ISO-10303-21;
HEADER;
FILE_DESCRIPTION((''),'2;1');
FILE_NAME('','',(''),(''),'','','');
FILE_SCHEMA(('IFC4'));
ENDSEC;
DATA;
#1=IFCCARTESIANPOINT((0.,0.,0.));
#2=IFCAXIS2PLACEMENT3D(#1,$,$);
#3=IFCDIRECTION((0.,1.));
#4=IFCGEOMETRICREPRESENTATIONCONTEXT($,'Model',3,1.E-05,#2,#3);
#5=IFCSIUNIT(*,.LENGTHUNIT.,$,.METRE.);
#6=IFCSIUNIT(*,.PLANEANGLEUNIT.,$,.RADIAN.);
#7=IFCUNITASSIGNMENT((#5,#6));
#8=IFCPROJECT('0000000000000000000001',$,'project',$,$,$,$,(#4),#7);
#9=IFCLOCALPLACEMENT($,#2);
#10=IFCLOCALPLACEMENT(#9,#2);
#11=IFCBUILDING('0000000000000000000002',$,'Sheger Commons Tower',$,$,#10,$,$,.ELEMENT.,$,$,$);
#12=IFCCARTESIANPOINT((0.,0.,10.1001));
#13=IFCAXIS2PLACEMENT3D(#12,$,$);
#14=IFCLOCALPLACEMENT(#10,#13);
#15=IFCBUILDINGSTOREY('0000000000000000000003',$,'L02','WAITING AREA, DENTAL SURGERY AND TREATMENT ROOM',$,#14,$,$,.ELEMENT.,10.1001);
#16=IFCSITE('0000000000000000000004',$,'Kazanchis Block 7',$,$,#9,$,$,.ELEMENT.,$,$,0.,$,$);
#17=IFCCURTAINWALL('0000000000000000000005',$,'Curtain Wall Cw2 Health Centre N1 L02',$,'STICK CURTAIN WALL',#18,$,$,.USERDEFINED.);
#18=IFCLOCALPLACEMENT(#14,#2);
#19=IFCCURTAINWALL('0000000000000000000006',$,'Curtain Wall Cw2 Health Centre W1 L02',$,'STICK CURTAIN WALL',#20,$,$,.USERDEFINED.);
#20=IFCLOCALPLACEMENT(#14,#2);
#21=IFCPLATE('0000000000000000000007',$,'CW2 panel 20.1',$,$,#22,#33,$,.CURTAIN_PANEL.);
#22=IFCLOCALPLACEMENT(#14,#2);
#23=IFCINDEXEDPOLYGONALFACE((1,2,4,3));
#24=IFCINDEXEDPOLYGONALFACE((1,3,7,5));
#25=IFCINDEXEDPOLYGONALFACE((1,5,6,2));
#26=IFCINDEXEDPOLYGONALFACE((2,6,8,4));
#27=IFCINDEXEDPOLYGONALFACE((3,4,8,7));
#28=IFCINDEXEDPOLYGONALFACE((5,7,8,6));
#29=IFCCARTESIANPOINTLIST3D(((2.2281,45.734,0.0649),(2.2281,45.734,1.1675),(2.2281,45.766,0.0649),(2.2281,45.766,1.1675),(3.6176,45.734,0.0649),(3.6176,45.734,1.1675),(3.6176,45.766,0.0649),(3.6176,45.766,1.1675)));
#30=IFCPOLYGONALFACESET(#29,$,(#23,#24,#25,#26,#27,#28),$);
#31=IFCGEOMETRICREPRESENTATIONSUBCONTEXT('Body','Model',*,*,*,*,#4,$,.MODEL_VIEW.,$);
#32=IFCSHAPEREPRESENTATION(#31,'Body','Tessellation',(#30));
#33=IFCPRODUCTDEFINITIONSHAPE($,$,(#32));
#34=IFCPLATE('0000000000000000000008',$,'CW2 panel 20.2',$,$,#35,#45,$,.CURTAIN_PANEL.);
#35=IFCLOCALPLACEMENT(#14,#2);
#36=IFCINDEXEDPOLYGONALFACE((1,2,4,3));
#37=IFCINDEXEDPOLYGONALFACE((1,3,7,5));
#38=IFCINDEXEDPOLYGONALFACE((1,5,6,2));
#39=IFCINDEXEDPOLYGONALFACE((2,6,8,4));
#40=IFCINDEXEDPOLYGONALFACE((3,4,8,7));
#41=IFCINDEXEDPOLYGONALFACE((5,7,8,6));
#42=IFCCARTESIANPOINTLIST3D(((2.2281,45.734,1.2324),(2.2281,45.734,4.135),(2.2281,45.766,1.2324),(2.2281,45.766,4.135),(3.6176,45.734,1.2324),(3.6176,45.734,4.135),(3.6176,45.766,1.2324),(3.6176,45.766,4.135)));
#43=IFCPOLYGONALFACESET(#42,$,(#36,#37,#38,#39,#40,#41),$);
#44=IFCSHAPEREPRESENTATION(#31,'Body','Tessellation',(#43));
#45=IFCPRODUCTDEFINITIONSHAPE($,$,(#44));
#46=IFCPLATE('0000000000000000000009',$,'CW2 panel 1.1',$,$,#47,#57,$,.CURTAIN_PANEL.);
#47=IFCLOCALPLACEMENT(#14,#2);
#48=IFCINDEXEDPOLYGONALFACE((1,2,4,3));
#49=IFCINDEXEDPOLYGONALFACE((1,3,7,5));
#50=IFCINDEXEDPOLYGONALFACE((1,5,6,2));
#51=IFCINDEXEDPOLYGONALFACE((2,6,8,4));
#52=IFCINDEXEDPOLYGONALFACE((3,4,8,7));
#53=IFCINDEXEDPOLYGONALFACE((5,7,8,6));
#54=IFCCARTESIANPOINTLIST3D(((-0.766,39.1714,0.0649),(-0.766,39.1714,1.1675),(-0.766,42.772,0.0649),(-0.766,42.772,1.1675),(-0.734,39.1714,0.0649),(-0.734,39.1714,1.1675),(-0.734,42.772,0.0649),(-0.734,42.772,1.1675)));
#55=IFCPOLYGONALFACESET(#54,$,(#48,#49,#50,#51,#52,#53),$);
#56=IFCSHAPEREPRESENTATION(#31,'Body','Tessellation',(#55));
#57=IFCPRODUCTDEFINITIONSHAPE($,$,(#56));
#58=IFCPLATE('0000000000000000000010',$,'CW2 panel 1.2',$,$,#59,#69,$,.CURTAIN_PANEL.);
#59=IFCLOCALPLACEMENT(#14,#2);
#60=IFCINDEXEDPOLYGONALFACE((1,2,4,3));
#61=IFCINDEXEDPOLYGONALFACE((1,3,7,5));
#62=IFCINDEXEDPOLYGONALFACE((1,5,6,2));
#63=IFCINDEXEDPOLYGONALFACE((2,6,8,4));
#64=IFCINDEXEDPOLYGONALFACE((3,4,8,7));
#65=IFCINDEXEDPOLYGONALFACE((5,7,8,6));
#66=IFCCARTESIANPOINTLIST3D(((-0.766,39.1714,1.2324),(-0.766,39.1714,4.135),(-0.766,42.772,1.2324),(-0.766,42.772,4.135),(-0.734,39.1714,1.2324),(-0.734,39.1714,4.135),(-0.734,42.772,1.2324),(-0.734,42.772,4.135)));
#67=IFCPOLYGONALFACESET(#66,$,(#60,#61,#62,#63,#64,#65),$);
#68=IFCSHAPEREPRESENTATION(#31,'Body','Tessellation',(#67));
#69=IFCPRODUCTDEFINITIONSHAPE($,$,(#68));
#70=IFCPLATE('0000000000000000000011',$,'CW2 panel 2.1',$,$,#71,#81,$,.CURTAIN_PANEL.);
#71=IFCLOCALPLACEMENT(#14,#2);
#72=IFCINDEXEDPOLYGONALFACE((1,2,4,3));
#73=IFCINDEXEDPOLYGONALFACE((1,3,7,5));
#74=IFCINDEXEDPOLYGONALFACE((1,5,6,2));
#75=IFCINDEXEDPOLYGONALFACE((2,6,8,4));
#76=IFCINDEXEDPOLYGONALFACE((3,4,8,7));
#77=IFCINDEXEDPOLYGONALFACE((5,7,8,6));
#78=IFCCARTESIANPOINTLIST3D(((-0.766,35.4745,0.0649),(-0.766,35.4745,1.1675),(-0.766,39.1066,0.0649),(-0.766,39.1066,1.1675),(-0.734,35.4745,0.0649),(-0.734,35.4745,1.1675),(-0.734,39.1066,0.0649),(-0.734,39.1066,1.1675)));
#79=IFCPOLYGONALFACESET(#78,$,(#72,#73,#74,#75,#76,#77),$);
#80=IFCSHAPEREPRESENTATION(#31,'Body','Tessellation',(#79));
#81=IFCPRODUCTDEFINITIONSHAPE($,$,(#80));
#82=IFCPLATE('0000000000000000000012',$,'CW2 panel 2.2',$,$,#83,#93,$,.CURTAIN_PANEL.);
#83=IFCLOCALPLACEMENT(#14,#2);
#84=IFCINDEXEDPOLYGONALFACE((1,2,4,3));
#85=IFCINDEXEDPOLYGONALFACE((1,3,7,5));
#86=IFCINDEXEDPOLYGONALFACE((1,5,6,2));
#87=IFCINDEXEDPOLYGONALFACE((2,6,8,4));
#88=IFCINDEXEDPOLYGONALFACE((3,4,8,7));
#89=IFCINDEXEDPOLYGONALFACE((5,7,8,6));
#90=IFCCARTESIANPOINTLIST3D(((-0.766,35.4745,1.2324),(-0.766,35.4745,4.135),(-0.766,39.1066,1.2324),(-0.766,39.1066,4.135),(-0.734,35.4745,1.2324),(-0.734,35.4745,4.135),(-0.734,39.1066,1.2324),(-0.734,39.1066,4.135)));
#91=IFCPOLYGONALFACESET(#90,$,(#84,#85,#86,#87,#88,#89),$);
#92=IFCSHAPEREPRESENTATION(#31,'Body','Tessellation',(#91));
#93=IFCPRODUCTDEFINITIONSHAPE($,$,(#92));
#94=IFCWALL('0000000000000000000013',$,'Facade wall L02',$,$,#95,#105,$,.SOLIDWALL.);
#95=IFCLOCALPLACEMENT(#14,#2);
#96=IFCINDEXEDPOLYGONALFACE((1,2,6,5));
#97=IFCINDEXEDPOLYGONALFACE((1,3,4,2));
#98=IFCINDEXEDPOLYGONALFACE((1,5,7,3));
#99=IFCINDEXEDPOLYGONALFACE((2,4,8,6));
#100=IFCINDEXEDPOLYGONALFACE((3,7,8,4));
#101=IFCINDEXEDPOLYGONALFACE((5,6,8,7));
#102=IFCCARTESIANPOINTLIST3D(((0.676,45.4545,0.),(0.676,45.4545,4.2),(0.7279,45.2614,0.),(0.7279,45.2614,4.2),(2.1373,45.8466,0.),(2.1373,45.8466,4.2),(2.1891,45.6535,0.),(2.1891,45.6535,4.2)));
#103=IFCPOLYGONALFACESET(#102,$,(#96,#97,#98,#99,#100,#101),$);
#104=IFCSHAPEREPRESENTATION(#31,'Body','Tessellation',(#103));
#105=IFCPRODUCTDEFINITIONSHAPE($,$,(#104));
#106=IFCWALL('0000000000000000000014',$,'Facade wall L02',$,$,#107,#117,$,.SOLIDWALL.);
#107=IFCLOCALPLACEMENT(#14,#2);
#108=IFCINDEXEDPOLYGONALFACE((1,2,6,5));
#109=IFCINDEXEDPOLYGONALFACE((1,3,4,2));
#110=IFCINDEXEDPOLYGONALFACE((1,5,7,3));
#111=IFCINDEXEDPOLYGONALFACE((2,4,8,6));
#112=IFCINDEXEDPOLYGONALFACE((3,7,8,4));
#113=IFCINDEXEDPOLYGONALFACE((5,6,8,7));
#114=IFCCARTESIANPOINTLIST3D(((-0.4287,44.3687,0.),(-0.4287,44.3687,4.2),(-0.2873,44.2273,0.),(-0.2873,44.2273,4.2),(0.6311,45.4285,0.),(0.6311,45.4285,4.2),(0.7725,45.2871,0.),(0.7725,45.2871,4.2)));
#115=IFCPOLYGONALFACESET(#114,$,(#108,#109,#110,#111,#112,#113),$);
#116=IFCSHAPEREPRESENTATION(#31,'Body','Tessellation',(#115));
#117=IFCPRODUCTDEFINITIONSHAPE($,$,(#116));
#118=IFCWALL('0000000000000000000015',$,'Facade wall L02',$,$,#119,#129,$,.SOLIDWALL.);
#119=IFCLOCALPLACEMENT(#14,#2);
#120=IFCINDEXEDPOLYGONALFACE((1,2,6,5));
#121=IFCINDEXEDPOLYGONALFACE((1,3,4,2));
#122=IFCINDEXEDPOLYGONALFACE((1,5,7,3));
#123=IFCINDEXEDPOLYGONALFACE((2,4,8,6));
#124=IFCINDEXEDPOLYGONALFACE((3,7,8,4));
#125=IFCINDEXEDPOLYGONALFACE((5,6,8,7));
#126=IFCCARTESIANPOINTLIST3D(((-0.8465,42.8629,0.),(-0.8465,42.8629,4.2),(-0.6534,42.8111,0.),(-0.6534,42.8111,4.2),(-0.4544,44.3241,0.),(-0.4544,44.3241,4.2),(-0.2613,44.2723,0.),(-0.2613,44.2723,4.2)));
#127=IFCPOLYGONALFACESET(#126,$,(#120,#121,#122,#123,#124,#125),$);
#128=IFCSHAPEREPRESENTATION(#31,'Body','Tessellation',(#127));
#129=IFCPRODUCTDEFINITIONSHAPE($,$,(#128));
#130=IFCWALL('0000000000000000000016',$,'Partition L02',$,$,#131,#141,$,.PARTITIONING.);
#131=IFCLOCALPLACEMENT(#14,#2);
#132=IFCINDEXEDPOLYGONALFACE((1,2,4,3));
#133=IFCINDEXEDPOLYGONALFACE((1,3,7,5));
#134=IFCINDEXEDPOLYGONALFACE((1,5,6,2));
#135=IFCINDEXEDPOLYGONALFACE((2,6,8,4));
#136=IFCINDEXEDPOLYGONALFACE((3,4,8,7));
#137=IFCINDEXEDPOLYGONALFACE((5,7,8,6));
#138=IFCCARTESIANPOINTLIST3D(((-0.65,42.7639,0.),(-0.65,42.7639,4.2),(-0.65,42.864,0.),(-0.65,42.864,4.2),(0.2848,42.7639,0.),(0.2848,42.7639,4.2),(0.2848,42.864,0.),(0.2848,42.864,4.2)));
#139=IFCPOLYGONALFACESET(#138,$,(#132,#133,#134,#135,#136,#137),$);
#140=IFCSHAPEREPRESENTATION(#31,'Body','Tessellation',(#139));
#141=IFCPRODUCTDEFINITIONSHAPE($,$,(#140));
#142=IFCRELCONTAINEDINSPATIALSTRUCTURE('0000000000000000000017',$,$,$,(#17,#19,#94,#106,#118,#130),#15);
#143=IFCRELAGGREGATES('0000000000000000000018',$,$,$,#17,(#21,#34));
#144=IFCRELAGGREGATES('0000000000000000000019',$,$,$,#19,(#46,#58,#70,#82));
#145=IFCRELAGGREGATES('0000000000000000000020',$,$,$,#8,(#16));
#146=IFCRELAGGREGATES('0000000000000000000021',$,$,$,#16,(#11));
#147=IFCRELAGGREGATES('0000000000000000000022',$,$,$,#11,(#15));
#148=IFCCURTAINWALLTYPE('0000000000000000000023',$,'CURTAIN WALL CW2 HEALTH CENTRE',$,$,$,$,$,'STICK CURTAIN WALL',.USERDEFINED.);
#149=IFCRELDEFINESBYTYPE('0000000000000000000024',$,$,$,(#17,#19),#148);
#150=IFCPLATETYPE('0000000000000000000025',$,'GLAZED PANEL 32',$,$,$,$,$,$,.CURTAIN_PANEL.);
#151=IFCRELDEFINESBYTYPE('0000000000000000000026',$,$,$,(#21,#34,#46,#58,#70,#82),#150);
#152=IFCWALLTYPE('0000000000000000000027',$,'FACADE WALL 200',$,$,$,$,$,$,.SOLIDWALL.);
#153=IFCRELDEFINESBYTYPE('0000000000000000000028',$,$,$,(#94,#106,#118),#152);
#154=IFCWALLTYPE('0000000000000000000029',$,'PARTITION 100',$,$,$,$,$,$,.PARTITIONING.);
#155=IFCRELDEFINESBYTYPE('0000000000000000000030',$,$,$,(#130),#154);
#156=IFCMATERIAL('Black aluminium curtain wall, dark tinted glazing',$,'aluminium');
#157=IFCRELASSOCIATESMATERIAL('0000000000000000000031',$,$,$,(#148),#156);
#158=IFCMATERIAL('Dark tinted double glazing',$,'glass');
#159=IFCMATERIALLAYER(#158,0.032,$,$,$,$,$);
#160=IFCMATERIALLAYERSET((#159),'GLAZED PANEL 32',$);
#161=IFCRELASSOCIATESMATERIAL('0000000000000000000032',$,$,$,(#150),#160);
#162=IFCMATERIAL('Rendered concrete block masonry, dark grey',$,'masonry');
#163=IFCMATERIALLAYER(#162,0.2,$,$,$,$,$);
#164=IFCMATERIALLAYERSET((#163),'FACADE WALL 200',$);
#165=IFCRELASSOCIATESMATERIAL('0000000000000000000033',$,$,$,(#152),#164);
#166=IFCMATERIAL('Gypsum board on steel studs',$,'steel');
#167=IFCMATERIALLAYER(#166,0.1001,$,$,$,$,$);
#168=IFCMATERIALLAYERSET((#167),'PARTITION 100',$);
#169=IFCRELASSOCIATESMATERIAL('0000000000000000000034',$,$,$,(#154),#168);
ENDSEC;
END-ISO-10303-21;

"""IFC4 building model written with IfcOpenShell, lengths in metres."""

from ifc_helpers import new_model, si_unit, direction, frame, frame_2d, origin, origin_2d, place, context, subcontext, project, spatial, rectangle, extrude, material, layer, layer_set, type_object, element, aggregate, save


model = new_model("IFC4")

# Units and contexts
model_context = context("Model", 3, precision=1e-05, world=origin(), true_north=direction((0.0, 1.0)))
body_context = subcontext(model_context, "Body", "Model", "MODEL_VIEW")
ifc_project = project(units=[si_unit("LENGTHUNIT", "METRE"), si_unit("PLANEANGLEUNIT", "RADIAN")], contexts=[model_context])

# Site, building, storey
site_placement = place(None, origin())
site = spatial("IfcSite", under=ifc_project, at=site_placement, Name="Kazanchis Block 7", CompositionType="ELEMENT", RefElevation=0.0)
building_placement = place(site_placement, origin())
building = spatial("IfcBuilding", under=site, at=building_placement, Name="Sheger Commons Tower", CompositionType="ELEMENT")
storey_placement = place(building_placement, frame((0.0, 0.0, 10.1001)))
storey = spatial("IfcBuildingStorey", under=building, at=storey_placement, Name="L02", Description="WAITING AREA, DENTAL SURGERY AND TREATMENT ROOM", CompositionType="ELEMENT", Elevation=10.1001)

# Curtain wall
ifc_material_1 = material(Name="Black aluminium curtain wall, dark tinted glazing", Category="aluminium")
curtain_wall_type = type_object("IfcCurtainWallType", Name="CURTAIN WALL CW2 HEALTH CENTRE", ElementType="STICK CURTAIN WALL", PredefinedType="USERDEFINED", material=ifc_material_1)
curtain_wall_1_placement = place(storey_placement, origin())
curtain_wall_1 = element("IfcCurtainWall", 1, at=curtain_wall_1_placement, inside=storey, type_object=curtain_wall_type, Name="Curtain Wall Cw2 Health Centre N1 L02", ObjectType="STICK CURTAIN WALL", PredefinedType="USERDEFINED")

# Curtain wall
curtain_wall_2_placement = place(storey_placement, origin())
curtain_wall_2 = element("IfcCurtainWall", 2, at=curtain_wall_2_placement, inside=storey, type_object=curtain_wall_type, Name="Curtain Wall Cw2 Health Centre W1 L02", ObjectType="STICK CURTAIN WALL", PredefinedType="USERDEFINED")

# Plates
ifc_material_2 = material(Name="Dark tinted double glazing", Category="glass")
ifc_layer_1 = layer(ifc_material_2, 0.032)
ifc_layer_set_1 = layer_set([ifc_layer_1], Name="GLAZED PANEL 32")
plate_type = type_object("IfcPlateType", Name="GLAZED PANEL 32", PredefinedType="CURTAIN_PANEL", material=ifc_layer_set_1)
plate_1_placement = place(storey_placement, frame((2.9229, 45.75, 0.0649), z_axis=(0.0, 0.0, 1.0), x_axis=(-1.0, 0.0, 0.0)))
plate_1 = element("IfcPlate", 3, at=plate_1_placement, type_object=plate_type, Name="CW2 panel 20.1", PredefinedType="CURTAIN_PANEL", context=body_context, shape_type="SweptSolid", body=[
    extrude(rectangle(XDim=1.3894, YDim=0.032, at=origin_2d()), origin(), (0.0, 0.0, 1.0), 1.1025),
])
plate_2_placement = place(storey_placement, frame((2.9229, 45.75, 1.2324), z_axis=(0.0, 0.0, 1.0), x_axis=(-1.0, 0.0, 0.0)))
plate_2 = element("IfcPlate", 4, at=plate_2_placement, type_object=plate_type, Name="CW2 panel 20.2", PredefinedType="CURTAIN_PANEL", context=body_context, shape_type="SweptSolid", body=[
    extrude(rectangle(XDim=1.3894, YDim=0.032, at=origin_2d()), origin(), (0.0, 0.0, 1.0), 2.9026),
])
aggregate(curtain_wall_1, [plate_1, plate_2])
plate_3_placement = place(storey_placement, frame((-0.75, 40.9717, 0.0649), z_axis=(0.0, 0.0, 1.0), x_axis=(0.0, -1.0, 0.0)))
plate_3 = element("IfcPlate", 5, at=plate_3_placement, type_object=plate_type, Name="CW2 panel 1.1", PredefinedType="CURTAIN_PANEL", context=body_context, shape_type="SweptSolid", body=[
    extrude(rectangle(XDim=3.6006, YDim=0.032, at=origin_2d()), origin(), (0.0, 0.0, 1.0), 1.1025),
])
plate_4_placement = place(storey_placement, frame((-0.75, 40.9717, 1.2324), z_axis=(0.0, 0.0, 1.0), x_axis=(0.0, -1.0, 0.0)))
plate_4 = element("IfcPlate", 6, at=plate_4_placement, type_object=plate_type, Name="CW2 panel 1.2", PredefinedType="CURTAIN_PANEL", context=body_context, shape_type="SweptSolid", body=[
    extrude(rectangle(XDim=3.6006, YDim=0.032, at=origin_2d()), origin(), (0.0, 0.0, 1.0), 2.9026),
])
plate_5_placement = place(storey_placement, frame((-0.75, 37.2905, 0.0649), z_axis=(0.0, 0.0, 1.0), x_axis=(0.0, -1.0, 0.0)))
plate_5 = element("IfcPlate", 7, at=plate_5_placement, type_object=plate_type, Name="CW2 panel 2.1", PredefinedType="CURTAIN_PANEL", context=body_context, shape_type="SweptSolid", body=[
    extrude(rectangle(XDim=3.6321, YDim=0.032, at=origin_2d()), origin(), (0.0, 0.0, 1.0), 1.1025),
])
plate_6_placement = place(storey_placement, frame((-0.75, 37.2905, 1.2324), z_axis=(0.0, 0.0, 1.0), x_axis=(0.0, -1.0, 0.0)))
plate_6 = element("IfcPlate", 8, at=plate_6_placement, type_object=plate_type, Name="CW2 panel 2.2", PredefinedType="CURTAIN_PANEL", context=body_context, shape_type="SweptSolid", body=[
    extrude(rectangle(XDim=3.6321, YDim=0.032, at=origin_2d()), origin(), (0.0, 0.0, 1.0), 2.9026),
])
aggregate(curtain_wall_2, [plate_3, plate_4, plate_5, plate_6])

# Walls
ifc_material_3 = material(Name="Rendered concrete block masonry, dark grey", Category="masonry")
ifc_layer_2 = layer(ifc_material_3, 0.2)
ifc_layer_set_2 = layer_set([ifc_layer_2], Name="FACADE WALL 200")
wall_type_1 = type_object("IfcWallType", Name="FACADE WALL 200", PredefinedType="SOLIDWALL", material=ifc_layer_set_2)
wall_1_placement = place(storey_placement, frame((2.1631, 45.75, 0.0), z_axis=(0.0, 0.0, 1.0), x_axis=(-0.965832, -0.259169, 0.0)))
element("IfcWall", 9, at=wall_1_placement, inside=storey, type_object=wall_type_1, Name="Facade wall L02", PredefinedType="SOLIDWALL", context=body_context, shape_type="SweptSolid", body=[
    extrude(rectangle(XDim=1.5129, YDim=0.2, at=frame_2d((0.7563, 0.0))), origin(), (0.0, 0.0, 1.0), 4.2),
])
wall_2_placement = place(storey_placement, frame((0.7019, 45.3579, 0.0), z_axis=(0.0, 0.0, 1.0), x_axis=(-0.707107, -0.707107, 0.0)))
element("IfcWall", 10, at=wall_2_placement, inside=storey, type_object=wall_type_1, Name="Facade wall L02", PredefinedType="SOLIDWALL", context=body_context, shape_type="SweptSolid", body=[
    extrude(rectangle(XDim=1.4988, YDim=0.2, at=frame_2d((0.7495, 0.0))), origin(), (0.0, 0.0, 1.0), 4.2),
])
wall_3_placement = place(storey_placement, frame((-0.3579, 44.2981, 0.0), z_axis=(0.0, 0.0, 1.0), x_axis=(-0.259169, -0.965832, 0.0)))
element("IfcWall", 11, at=wall_3_placement, inside=storey, type_object=wall_type_1, Name="Facade wall L02", PredefinedType="SOLIDWALL", context=body_context, shape_type="SweptSolid", body=[
    extrude(rectangle(XDim=1.5129, YDim=0.2, at=frame_2d((0.7563, 0.0))), origin(), (0.0, 0.0, 1.0), 4.2),
])
ifc_material_4 = material(Name="Gypsum board on steel studs", Category="steel")
ifc_layer_3 = layer(ifc_material_4, 0.1001)
ifc_layer_set_3 = layer_set([ifc_layer_3], Name="PARTITION 100")
wall_type_2 = type_object("IfcWallType", Name="PARTITION 100", PredefinedType="PARTITIONING", material=ifc_layer_set_3)
wall_4_placement = place(storey_placement, frame((-0.6499, 42.814, 0.0), z_axis=(0.0, 0.0, 1.0), x_axis=(1.0, 0.0, 0.0)))
element("IfcWall", 12, at=wall_4_placement, inside=storey, type_object=wall_type_2, Name="Partition L02", PredefinedType="PARTITIONING", context=body_context, shape_type="SweptSolid", body=[
    extrude(rectangle(XDim=0.9348, YDim=0.1001, at=frame_2d((0.4673, 0.0))), origin(), (0.0, 0.0, 1.0), 4.2),
])

save(model, "model.ifc")
